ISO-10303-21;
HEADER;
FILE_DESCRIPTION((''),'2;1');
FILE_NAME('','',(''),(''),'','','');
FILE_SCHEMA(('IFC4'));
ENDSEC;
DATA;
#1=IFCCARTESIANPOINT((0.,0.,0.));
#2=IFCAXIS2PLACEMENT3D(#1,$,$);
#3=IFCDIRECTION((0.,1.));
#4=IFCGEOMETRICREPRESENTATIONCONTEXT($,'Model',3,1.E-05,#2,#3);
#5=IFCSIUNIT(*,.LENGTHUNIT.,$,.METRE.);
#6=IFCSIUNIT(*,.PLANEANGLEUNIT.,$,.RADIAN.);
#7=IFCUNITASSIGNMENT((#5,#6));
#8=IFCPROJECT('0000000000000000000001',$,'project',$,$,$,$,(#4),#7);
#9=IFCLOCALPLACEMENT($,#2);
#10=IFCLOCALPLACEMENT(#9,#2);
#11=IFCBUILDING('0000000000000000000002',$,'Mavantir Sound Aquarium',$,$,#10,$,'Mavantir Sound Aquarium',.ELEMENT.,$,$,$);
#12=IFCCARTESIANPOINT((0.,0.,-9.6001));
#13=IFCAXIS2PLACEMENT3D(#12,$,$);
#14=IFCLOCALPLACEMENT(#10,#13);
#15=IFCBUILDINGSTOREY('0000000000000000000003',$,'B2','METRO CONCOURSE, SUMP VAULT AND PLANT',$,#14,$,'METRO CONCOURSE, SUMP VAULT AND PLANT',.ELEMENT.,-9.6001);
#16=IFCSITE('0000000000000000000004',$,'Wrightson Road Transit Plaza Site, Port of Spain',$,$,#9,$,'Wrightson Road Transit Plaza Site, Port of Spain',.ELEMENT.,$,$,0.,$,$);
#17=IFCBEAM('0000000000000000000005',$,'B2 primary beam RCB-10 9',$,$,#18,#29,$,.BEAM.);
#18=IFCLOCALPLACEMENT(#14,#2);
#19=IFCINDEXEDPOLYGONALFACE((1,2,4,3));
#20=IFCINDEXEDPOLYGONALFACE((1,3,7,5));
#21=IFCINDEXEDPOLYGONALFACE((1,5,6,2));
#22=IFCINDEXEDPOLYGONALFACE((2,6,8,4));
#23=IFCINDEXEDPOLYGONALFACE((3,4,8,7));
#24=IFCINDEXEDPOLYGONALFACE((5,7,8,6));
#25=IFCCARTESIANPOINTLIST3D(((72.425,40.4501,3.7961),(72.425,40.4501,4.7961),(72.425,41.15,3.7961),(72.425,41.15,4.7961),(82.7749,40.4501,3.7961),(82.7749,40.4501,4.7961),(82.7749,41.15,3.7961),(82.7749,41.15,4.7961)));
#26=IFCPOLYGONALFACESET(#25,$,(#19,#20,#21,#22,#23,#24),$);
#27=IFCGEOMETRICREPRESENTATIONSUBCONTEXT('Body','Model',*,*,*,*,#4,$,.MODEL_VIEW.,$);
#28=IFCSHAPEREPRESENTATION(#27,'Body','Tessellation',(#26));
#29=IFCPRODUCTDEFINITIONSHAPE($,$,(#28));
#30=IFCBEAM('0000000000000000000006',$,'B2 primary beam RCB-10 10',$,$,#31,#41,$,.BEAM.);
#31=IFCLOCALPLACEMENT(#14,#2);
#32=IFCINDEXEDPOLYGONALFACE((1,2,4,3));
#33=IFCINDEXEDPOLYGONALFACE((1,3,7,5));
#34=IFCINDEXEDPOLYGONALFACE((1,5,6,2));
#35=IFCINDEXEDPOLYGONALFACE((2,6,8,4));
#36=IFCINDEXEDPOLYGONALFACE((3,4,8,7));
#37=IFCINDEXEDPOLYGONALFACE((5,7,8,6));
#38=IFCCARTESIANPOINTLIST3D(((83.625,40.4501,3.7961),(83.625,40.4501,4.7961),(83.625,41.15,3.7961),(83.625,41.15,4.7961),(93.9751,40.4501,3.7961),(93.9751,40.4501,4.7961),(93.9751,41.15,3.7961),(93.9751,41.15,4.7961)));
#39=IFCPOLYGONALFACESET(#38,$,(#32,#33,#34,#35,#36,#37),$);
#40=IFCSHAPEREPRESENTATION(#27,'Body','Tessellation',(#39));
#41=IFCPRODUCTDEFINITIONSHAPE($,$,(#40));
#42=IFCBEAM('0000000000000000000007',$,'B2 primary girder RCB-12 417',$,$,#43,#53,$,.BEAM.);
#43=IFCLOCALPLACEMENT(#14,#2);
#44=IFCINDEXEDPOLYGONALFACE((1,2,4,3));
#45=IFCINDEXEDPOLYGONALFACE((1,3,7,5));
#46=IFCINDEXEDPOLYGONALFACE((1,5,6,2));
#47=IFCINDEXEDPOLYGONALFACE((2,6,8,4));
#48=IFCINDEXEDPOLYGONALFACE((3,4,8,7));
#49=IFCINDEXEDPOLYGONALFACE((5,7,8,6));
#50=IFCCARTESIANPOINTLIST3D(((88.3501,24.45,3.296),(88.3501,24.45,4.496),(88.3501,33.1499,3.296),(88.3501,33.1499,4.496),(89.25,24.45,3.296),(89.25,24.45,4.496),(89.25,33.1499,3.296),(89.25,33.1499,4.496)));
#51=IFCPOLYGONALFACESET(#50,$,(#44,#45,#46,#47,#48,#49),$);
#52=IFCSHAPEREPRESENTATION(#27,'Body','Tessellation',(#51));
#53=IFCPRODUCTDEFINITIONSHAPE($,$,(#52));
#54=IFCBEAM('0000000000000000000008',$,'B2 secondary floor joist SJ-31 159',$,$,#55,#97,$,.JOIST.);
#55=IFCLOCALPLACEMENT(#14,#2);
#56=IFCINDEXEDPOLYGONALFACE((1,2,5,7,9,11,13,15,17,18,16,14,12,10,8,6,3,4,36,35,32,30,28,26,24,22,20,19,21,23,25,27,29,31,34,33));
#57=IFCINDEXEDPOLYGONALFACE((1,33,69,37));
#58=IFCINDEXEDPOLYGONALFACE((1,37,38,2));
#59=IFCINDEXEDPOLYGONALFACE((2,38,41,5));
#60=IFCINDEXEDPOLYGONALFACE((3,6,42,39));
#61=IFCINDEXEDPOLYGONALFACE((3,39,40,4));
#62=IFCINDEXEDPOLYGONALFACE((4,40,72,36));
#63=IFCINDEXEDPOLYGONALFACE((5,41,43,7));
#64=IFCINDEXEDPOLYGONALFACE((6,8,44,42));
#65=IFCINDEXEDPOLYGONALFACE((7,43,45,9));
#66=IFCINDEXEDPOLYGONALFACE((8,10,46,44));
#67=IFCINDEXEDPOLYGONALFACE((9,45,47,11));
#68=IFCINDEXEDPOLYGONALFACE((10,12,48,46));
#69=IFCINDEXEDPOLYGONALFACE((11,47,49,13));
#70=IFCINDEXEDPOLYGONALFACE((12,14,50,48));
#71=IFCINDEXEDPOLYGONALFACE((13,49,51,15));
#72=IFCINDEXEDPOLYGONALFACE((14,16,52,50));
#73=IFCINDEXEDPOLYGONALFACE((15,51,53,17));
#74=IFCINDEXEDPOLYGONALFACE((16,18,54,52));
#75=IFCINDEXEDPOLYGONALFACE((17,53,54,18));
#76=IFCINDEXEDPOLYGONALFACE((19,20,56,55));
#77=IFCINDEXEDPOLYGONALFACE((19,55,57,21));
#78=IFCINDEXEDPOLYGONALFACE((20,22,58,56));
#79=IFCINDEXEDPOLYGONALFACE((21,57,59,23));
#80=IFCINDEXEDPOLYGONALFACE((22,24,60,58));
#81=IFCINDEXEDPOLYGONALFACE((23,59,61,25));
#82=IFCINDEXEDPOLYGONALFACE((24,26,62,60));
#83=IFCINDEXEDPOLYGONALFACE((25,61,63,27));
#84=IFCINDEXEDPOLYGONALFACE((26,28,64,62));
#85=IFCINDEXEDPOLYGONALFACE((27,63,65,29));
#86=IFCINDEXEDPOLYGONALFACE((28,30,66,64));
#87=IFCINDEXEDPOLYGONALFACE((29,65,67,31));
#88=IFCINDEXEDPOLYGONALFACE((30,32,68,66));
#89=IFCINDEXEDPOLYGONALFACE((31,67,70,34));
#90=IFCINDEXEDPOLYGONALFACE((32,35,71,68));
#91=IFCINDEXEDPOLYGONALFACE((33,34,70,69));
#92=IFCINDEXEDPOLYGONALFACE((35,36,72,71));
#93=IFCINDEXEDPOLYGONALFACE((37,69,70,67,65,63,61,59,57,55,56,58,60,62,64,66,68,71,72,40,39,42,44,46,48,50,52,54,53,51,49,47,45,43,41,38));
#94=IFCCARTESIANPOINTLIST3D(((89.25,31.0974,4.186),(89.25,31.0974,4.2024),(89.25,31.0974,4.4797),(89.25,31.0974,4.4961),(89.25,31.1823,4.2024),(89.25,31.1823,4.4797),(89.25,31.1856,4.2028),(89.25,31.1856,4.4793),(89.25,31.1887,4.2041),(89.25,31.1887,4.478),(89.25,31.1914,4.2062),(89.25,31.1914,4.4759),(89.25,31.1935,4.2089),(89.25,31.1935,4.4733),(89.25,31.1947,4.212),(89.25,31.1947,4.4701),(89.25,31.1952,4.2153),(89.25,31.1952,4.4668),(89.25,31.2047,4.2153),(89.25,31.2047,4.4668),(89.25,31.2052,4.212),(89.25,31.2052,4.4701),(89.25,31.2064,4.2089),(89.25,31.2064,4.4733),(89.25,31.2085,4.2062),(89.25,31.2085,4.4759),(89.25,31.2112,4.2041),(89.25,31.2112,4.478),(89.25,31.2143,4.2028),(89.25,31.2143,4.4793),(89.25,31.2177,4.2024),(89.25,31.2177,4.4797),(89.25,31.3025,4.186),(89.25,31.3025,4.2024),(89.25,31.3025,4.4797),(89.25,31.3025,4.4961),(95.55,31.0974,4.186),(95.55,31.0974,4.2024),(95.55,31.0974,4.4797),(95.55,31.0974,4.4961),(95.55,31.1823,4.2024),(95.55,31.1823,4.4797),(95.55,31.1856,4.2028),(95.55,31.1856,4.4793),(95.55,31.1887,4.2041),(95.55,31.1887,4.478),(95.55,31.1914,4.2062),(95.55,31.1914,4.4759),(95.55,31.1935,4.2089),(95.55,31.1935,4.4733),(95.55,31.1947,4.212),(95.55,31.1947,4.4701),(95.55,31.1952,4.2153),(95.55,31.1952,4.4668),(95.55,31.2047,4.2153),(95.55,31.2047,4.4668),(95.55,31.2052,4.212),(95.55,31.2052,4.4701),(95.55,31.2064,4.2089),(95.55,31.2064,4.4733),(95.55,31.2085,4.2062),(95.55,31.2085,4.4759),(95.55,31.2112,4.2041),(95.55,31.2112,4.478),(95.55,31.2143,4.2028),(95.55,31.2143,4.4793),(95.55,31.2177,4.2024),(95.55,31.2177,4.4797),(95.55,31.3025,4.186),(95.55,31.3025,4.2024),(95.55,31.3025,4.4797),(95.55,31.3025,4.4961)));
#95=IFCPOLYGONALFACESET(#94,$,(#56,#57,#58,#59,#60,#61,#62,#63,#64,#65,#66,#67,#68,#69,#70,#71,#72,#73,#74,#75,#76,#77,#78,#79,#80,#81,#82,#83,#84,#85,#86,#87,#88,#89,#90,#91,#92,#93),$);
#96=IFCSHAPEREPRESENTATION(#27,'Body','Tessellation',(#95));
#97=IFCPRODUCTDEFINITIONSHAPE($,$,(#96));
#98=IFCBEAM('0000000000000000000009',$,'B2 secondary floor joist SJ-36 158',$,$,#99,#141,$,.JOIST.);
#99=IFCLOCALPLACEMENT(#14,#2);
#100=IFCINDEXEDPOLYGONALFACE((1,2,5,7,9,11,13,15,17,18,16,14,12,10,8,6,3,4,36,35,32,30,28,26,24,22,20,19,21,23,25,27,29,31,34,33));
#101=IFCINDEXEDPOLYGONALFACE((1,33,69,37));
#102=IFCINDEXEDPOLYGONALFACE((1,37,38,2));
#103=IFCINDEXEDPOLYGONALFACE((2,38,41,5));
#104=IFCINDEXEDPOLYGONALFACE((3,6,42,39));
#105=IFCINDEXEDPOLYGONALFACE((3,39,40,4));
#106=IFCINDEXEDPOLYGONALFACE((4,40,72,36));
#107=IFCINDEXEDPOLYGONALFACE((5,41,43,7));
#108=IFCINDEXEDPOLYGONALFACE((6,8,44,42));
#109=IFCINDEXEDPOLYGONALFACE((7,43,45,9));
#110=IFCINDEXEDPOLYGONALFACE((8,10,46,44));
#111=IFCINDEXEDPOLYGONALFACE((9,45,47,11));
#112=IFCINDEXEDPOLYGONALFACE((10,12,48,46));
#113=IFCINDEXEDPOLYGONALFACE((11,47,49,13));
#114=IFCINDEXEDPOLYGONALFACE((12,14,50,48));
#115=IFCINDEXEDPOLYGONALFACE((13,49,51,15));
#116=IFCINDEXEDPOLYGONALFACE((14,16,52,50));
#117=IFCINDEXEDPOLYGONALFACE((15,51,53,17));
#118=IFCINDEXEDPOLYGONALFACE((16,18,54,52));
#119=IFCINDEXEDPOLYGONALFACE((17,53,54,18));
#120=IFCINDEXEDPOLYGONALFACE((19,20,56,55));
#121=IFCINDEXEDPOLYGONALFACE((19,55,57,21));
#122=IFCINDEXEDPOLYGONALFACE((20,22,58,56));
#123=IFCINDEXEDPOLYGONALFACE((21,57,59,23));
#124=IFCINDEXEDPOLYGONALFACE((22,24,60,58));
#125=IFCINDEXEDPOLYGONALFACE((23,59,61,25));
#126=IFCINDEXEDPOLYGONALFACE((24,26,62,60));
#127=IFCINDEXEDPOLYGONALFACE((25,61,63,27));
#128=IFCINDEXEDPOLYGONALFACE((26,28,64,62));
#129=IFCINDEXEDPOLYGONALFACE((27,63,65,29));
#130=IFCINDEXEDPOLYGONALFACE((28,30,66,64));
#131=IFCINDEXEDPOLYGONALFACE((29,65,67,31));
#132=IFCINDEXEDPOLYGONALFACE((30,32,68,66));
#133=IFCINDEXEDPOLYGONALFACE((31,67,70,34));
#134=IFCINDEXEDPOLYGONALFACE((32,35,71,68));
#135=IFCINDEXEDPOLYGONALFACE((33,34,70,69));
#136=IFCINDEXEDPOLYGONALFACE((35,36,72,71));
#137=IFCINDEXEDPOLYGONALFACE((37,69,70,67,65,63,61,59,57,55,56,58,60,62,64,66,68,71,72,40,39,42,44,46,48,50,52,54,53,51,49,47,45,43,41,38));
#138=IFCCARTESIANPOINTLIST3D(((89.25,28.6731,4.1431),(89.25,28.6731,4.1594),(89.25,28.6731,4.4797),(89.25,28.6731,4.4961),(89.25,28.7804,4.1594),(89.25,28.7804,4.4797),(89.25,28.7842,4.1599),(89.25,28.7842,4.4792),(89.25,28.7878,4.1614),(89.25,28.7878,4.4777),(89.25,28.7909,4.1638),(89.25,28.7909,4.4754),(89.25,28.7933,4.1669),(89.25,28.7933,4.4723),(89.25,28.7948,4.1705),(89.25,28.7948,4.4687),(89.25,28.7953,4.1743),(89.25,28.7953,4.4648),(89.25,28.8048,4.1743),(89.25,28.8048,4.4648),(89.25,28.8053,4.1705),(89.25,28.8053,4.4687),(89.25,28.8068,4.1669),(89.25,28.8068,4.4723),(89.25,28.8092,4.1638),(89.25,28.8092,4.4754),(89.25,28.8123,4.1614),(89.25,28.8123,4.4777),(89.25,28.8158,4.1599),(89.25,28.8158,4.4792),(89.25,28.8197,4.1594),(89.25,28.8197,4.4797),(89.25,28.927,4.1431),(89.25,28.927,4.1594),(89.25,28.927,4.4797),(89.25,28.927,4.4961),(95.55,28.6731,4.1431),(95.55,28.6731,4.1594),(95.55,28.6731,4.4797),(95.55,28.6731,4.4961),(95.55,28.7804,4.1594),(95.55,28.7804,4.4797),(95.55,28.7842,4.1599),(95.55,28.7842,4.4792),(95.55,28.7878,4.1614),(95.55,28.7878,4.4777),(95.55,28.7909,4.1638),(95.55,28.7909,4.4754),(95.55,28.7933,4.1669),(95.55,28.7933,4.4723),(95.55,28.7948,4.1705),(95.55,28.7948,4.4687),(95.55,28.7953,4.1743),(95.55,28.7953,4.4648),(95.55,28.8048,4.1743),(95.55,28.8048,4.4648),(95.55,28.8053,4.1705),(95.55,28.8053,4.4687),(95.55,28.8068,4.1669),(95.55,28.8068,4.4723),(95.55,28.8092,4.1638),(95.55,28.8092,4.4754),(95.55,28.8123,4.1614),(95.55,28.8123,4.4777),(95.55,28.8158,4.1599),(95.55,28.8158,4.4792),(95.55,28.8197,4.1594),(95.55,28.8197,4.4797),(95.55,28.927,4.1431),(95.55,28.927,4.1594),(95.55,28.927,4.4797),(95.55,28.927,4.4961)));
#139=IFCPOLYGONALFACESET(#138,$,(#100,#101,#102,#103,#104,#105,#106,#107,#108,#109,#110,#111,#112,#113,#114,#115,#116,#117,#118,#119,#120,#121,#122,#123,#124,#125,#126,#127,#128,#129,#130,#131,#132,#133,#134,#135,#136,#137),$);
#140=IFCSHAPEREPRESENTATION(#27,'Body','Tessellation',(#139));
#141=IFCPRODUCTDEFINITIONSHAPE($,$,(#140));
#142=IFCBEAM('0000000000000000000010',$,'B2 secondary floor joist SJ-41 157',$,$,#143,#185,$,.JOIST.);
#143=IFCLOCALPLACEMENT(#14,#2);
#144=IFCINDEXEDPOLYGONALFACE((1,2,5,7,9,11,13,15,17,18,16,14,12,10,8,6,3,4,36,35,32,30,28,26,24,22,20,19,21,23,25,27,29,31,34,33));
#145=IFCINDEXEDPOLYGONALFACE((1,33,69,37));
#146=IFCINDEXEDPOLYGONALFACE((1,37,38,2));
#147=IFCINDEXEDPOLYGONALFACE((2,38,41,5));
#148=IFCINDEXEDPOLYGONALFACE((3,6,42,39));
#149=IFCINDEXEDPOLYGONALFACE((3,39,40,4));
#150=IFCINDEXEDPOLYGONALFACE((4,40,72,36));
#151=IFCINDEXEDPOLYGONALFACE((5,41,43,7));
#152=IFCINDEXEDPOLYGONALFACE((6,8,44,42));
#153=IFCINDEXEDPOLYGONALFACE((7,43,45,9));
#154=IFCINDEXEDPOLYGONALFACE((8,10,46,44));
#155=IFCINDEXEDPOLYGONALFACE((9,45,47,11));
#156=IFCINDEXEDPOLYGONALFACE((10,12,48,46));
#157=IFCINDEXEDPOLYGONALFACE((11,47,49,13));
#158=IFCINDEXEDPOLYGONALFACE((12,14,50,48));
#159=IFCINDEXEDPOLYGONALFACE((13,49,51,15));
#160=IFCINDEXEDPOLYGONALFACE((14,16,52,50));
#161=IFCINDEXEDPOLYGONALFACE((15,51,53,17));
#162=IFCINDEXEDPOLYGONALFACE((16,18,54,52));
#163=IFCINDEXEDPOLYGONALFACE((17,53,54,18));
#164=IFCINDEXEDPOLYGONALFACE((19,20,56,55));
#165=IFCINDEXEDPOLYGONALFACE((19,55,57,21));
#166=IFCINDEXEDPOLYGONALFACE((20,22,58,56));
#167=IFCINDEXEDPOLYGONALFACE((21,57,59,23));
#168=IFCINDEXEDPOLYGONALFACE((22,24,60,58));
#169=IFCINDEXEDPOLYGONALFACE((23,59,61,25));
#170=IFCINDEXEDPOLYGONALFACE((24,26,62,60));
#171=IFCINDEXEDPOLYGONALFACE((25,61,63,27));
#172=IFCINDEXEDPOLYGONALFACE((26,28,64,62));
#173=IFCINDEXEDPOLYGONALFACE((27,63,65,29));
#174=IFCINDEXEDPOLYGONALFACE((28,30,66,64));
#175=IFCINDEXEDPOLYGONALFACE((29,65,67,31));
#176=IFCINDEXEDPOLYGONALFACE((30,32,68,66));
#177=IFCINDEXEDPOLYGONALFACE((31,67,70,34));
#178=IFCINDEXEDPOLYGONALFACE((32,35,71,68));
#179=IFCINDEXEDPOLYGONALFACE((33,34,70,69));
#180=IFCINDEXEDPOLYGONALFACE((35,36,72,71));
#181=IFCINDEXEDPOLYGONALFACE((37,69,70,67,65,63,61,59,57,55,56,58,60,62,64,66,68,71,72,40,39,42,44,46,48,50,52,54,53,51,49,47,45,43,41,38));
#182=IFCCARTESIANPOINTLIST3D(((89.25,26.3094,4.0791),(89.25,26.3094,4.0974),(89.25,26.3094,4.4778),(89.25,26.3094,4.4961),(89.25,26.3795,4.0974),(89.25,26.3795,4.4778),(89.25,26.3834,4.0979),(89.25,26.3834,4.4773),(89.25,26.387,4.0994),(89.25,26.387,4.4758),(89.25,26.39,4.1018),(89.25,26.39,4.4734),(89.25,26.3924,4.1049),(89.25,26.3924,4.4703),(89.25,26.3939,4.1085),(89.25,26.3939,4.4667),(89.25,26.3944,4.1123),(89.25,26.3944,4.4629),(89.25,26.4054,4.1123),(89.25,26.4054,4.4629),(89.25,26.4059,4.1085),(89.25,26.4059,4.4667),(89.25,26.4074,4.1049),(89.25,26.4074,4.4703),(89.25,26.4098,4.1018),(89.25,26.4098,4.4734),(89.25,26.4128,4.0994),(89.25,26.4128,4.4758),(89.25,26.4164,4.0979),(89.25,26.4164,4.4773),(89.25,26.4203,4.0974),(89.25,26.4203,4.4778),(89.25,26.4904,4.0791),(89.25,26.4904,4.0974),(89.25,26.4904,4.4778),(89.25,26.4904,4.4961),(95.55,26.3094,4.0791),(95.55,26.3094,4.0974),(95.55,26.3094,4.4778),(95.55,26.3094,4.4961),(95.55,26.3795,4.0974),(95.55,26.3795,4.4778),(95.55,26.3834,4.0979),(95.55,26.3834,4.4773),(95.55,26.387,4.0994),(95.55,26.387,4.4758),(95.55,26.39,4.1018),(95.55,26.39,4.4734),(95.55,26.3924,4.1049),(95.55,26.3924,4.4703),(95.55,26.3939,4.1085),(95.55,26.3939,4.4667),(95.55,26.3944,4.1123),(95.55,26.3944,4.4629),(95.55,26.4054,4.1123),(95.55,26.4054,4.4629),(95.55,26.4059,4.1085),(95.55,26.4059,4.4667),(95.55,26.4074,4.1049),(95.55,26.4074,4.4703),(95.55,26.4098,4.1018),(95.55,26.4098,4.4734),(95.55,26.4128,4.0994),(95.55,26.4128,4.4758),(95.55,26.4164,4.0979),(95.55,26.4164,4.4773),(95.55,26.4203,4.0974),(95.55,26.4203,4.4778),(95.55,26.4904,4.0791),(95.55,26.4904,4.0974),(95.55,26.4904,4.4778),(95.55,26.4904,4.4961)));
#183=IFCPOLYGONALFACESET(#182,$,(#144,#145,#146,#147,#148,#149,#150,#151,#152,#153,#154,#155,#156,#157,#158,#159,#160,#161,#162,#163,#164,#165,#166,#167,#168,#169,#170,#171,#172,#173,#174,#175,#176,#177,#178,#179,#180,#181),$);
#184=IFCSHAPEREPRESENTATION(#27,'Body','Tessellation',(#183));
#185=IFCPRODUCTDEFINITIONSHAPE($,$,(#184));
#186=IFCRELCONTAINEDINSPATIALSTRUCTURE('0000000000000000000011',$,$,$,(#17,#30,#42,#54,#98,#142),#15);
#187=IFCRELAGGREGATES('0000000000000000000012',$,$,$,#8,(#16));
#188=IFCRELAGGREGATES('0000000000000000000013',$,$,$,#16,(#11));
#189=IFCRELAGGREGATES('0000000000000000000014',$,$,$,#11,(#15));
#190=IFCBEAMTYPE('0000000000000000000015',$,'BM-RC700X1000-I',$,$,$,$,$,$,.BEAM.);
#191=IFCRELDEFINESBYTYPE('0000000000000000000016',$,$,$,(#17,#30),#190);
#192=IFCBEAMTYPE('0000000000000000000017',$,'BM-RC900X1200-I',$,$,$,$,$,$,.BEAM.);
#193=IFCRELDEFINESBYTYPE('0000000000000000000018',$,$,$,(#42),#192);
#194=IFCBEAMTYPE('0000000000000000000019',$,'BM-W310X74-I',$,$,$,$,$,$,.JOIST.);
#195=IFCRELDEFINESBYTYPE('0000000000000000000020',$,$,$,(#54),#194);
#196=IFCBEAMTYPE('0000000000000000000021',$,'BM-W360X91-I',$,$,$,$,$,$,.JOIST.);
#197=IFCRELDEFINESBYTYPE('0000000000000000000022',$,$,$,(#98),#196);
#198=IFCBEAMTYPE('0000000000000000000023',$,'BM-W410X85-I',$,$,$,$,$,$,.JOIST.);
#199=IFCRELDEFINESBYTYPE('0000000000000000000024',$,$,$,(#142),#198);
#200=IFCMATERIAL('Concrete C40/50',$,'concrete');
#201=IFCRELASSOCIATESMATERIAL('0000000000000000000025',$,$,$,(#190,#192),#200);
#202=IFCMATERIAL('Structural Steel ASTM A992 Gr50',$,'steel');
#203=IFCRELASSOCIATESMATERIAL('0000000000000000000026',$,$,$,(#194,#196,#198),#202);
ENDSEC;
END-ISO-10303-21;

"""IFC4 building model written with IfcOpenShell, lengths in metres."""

from ifc_helpers import new_model, si_unit, direction, frame, origin, origin_2d, place, context, subcontext, project, spatial, rectangle, i_section, extrude, material, material_profile, profile_set, type_object, element, save


model = new_model("IFC4")

# Units and contexts
model_context = context("Model", 3, precision=1e-05, world=origin(), true_north=direction((0.0, 1.0)))
body_context = subcontext(model_context, "Body", "Model", "MODEL_VIEW")
ifc_project = project(units=[si_unit("LENGTHUNIT", "METRE"), si_unit("PLANEANGLEUNIT", "RADIAN")], contexts=[model_context])

# Site, building, storey
site_placement = place(None, origin())
site = spatial("IfcSite", under=ifc_project, at=site_placement, Name="Wrightson Road Transit Plaza Site, Port of Spain", LongName="Wrightson Road Transit Plaza Site, Port of Spain", CompositionType="ELEMENT", RefElevation=0.0)
building_placement = place(site_placement, origin())
building = spatial("IfcBuilding", under=site, at=building_placement, Name="Mavantir Sound Aquarium", LongName="Mavantir Sound Aquarium", CompositionType="ELEMENT")
storey_placement = place(building_placement, frame((0.0, 0.0, -9.6001)))
storey = spatial("IfcBuildingStorey", under=building, at=storey_placement, Name="B2", Description="METRO CONCOURSE, SUMP VAULT AND PLANT", LongName="METRO CONCOURSE, SUMP VAULT AND PLANT", CompositionType="ELEMENT", Elevation=-9.6001)

# Shared definitions
ifc_material_1 = material(Name="Concrete C40/50", Category="concrete")

# Beams
ifc_material_profile_1 = material_profile(ifc_material_1, rectangle(XDim=0.7, YDim=1.0, at=origin_2d()), Name="RC 700X1000")
ifc_profile_set_1 = profile_set([ifc_material_profile_1], Name="Concrete C40/50")
beam_type_1 = type_object("IfcBeamType", Name="BM-RC700X1000-I", PredefinedType="BEAM", material=ifc_profile_set_1)
beam_1_placement = place(storey_placement, frame((72.425, 40.8, 4.2961), z_axis=(1.0, 0.0, 0.0), x_axis=(0.0, 1.0, 0.0)))
element("IfcBeam", 1, at=beam_1_placement, inside=storey, type_object=beam_type_1, Name="B2 primary beam RCB-10 9", PredefinedType="BEAM", context=body_context, shape_type="SweptSolid", body=[
    extrude(rectangle(XDim=0.7, YDim=1.0, at=origin_2d()), origin(), (0.0, 0.0, 1.0), 10.3499),
])
beam_2_placement = place(storey_placement, frame((83.625, 40.8, 4.2961), z_axis=(1.0, 0.0, 0.0), x_axis=(0.0, 1.0, 0.0)))
element("IfcBeam", 2, at=beam_2_placement, inside=storey, type_object=beam_type_1, Name="B2 primary beam RCB-10 10", PredefinedType="BEAM", context=body_context, shape_type="SweptSolid", body=[
    extrude(rectangle(XDim=0.7, YDim=1.0, at=origin_2d()), origin(), (0.0, 0.0, 1.0), 10.3501),
])
ifc_material_profile_2 = material_profile(ifc_material_1, rectangle(XDim=0.8999, YDim=1.2, at=origin_2d()), Name="RC 900X1200")
ifc_profile_set_2 = profile_set([ifc_material_profile_2], Name="Concrete C40/50")
beam_type_2 = type_object("IfcBeamType", Name="BM-RC900X1200-I", PredefinedType="BEAM", material=ifc_profile_set_2)
beam_3_placement = place(storey_placement, frame((88.8, 24.45, 3.896), z_axis=(0.0, 1.0, 0.0), x_axis=(-1.0, 0.0, 0.0)))
element("IfcBeam", 3, at=beam_3_placement, inside=storey, type_object=beam_type_2, Name="B2 primary girder RCB-12 417", PredefinedType="BEAM", context=body_context, shape_type="SweptSolid", body=[
    extrude(rectangle(XDim=0.8999, YDim=1.2, at=origin_2d()), origin(), (0.0, 0.0, 1.0), 8.7),
])
ifc_material_2 = material(Name="Structural Steel ASTM A992 Gr50", Category="steel")
ifc_material_profile_3 = material_profile(ifc_material_2, i_section(OverallWidth=0.2051, OverallDepth=0.3101, WebThickness=0.0095, FlangeThickness=0.0164, FilletRadius=0.0129, at=origin_2d()), Name="W310X74")
ifc_profile_set_3 = profile_set([ifc_material_profile_3], Name="Structural Steel ASTM A992 Gr50")
beam_type_3 = type_object("IfcBeamType", Name="BM-W310X74-I", PredefinedType="JOIST", material=ifc_profile_set_3)
beam_4_placement = place(storey_placement, frame((89.25, 31.2, 4.3411), z_axis=(1.0, 0.0, 0.0), x_axis=(0.0, 1.0, 0.0)))
element("IfcBeam", 4, at=beam_4_placement, inside=storey, type_object=beam_type_3, Name="B2 secondary floor joist SJ-31 159", PredefinedType="JOIST", context=body_context, shape_type="SweptSolid", body=[
    extrude(i_section(OverallWidth=0.2051, OverallDepth=0.3101, WebThickness=0.0095, FlangeThickness=0.0164, FilletRadius=0.0129, at=origin_2d()), origin(), (0.0, 0.0, 1.0), 6.3),
])
ifc_material_profile_4 = material_profile(ifc_material_2, i_section(OverallWidth=0.2539, OverallDepth=0.353, WebThickness=0.0095, FlangeThickness=0.0164, FilletRadius=0.0149, at=origin_2d()), Name="W360X91")
ifc_profile_set_4 = profile_set([ifc_material_profile_4], Name="Structural Steel ASTM A992 Gr50")
beam_type_4 = type_object("IfcBeamType", Name="BM-W360X91-I", PredefinedType="JOIST", material=ifc_profile_set_4)
beam_5_placement = place(storey_placement, frame((89.25, 28.8, 4.3196), z_axis=(1.0, 0.0, 0.0), x_axis=(0.0, 1.0, 0.0)))
element("IfcBeam", 5, at=beam_5_placement, inside=storey, type_object=beam_type_4, Name="B2 secondary floor joist SJ-36 158", PredefinedType="JOIST", context=body_context, shape_type="SweptSolid", body=[
    extrude(i_section(OverallWidth=0.2539, OverallDepth=0.353, WebThickness=0.0095, FlangeThickness=0.0164, FilletRadius=0.0149, at=origin_2d()), origin(), (0.0, 0.0, 1.0), 6.3),
])
ifc_material_profile_5 = material_profile(ifc_material_2, i_section(OverallWidth=0.1809, OverallDepth=0.417, WebThickness=0.011, FlangeThickness=0.0183, FilletRadius=0.0149, at=origin_2d()), Name="W410X85")
ifc_profile_set_5 = profile_set([ifc_material_profile_5], Name="Structural Steel ASTM A992 Gr50")
beam_type_5 = type_object("IfcBeamType", Name="BM-W410X85-I", PredefinedType="JOIST", material=ifc_profile_set_5)
beam_6_placement = place(storey_placement, frame((89.25, 26.3999, 4.2876), z_axis=(1.0, 0.0, 0.0), x_axis=(0.0, 1.0, 0.0)))
element("IfcBeam", 6, at=beam_6_placement, inside=storey, type_object=beam_type_5, Name="B2 secondary floor joist SJ-41 157", PredefinedType="JOIST", context=body_context, shape_type="SweptSolid", body=[
    extrude(i_section(OverallWidth=0.1809, OverallDepth=0.417, WebThickness=0.011, FlangeThickness=0.0183, FilletRadius=0.0149, at=origin_2d()), origin(), (0.0, 0.0, 1.0), 6.3),
])

save(model, "model.ifc")
